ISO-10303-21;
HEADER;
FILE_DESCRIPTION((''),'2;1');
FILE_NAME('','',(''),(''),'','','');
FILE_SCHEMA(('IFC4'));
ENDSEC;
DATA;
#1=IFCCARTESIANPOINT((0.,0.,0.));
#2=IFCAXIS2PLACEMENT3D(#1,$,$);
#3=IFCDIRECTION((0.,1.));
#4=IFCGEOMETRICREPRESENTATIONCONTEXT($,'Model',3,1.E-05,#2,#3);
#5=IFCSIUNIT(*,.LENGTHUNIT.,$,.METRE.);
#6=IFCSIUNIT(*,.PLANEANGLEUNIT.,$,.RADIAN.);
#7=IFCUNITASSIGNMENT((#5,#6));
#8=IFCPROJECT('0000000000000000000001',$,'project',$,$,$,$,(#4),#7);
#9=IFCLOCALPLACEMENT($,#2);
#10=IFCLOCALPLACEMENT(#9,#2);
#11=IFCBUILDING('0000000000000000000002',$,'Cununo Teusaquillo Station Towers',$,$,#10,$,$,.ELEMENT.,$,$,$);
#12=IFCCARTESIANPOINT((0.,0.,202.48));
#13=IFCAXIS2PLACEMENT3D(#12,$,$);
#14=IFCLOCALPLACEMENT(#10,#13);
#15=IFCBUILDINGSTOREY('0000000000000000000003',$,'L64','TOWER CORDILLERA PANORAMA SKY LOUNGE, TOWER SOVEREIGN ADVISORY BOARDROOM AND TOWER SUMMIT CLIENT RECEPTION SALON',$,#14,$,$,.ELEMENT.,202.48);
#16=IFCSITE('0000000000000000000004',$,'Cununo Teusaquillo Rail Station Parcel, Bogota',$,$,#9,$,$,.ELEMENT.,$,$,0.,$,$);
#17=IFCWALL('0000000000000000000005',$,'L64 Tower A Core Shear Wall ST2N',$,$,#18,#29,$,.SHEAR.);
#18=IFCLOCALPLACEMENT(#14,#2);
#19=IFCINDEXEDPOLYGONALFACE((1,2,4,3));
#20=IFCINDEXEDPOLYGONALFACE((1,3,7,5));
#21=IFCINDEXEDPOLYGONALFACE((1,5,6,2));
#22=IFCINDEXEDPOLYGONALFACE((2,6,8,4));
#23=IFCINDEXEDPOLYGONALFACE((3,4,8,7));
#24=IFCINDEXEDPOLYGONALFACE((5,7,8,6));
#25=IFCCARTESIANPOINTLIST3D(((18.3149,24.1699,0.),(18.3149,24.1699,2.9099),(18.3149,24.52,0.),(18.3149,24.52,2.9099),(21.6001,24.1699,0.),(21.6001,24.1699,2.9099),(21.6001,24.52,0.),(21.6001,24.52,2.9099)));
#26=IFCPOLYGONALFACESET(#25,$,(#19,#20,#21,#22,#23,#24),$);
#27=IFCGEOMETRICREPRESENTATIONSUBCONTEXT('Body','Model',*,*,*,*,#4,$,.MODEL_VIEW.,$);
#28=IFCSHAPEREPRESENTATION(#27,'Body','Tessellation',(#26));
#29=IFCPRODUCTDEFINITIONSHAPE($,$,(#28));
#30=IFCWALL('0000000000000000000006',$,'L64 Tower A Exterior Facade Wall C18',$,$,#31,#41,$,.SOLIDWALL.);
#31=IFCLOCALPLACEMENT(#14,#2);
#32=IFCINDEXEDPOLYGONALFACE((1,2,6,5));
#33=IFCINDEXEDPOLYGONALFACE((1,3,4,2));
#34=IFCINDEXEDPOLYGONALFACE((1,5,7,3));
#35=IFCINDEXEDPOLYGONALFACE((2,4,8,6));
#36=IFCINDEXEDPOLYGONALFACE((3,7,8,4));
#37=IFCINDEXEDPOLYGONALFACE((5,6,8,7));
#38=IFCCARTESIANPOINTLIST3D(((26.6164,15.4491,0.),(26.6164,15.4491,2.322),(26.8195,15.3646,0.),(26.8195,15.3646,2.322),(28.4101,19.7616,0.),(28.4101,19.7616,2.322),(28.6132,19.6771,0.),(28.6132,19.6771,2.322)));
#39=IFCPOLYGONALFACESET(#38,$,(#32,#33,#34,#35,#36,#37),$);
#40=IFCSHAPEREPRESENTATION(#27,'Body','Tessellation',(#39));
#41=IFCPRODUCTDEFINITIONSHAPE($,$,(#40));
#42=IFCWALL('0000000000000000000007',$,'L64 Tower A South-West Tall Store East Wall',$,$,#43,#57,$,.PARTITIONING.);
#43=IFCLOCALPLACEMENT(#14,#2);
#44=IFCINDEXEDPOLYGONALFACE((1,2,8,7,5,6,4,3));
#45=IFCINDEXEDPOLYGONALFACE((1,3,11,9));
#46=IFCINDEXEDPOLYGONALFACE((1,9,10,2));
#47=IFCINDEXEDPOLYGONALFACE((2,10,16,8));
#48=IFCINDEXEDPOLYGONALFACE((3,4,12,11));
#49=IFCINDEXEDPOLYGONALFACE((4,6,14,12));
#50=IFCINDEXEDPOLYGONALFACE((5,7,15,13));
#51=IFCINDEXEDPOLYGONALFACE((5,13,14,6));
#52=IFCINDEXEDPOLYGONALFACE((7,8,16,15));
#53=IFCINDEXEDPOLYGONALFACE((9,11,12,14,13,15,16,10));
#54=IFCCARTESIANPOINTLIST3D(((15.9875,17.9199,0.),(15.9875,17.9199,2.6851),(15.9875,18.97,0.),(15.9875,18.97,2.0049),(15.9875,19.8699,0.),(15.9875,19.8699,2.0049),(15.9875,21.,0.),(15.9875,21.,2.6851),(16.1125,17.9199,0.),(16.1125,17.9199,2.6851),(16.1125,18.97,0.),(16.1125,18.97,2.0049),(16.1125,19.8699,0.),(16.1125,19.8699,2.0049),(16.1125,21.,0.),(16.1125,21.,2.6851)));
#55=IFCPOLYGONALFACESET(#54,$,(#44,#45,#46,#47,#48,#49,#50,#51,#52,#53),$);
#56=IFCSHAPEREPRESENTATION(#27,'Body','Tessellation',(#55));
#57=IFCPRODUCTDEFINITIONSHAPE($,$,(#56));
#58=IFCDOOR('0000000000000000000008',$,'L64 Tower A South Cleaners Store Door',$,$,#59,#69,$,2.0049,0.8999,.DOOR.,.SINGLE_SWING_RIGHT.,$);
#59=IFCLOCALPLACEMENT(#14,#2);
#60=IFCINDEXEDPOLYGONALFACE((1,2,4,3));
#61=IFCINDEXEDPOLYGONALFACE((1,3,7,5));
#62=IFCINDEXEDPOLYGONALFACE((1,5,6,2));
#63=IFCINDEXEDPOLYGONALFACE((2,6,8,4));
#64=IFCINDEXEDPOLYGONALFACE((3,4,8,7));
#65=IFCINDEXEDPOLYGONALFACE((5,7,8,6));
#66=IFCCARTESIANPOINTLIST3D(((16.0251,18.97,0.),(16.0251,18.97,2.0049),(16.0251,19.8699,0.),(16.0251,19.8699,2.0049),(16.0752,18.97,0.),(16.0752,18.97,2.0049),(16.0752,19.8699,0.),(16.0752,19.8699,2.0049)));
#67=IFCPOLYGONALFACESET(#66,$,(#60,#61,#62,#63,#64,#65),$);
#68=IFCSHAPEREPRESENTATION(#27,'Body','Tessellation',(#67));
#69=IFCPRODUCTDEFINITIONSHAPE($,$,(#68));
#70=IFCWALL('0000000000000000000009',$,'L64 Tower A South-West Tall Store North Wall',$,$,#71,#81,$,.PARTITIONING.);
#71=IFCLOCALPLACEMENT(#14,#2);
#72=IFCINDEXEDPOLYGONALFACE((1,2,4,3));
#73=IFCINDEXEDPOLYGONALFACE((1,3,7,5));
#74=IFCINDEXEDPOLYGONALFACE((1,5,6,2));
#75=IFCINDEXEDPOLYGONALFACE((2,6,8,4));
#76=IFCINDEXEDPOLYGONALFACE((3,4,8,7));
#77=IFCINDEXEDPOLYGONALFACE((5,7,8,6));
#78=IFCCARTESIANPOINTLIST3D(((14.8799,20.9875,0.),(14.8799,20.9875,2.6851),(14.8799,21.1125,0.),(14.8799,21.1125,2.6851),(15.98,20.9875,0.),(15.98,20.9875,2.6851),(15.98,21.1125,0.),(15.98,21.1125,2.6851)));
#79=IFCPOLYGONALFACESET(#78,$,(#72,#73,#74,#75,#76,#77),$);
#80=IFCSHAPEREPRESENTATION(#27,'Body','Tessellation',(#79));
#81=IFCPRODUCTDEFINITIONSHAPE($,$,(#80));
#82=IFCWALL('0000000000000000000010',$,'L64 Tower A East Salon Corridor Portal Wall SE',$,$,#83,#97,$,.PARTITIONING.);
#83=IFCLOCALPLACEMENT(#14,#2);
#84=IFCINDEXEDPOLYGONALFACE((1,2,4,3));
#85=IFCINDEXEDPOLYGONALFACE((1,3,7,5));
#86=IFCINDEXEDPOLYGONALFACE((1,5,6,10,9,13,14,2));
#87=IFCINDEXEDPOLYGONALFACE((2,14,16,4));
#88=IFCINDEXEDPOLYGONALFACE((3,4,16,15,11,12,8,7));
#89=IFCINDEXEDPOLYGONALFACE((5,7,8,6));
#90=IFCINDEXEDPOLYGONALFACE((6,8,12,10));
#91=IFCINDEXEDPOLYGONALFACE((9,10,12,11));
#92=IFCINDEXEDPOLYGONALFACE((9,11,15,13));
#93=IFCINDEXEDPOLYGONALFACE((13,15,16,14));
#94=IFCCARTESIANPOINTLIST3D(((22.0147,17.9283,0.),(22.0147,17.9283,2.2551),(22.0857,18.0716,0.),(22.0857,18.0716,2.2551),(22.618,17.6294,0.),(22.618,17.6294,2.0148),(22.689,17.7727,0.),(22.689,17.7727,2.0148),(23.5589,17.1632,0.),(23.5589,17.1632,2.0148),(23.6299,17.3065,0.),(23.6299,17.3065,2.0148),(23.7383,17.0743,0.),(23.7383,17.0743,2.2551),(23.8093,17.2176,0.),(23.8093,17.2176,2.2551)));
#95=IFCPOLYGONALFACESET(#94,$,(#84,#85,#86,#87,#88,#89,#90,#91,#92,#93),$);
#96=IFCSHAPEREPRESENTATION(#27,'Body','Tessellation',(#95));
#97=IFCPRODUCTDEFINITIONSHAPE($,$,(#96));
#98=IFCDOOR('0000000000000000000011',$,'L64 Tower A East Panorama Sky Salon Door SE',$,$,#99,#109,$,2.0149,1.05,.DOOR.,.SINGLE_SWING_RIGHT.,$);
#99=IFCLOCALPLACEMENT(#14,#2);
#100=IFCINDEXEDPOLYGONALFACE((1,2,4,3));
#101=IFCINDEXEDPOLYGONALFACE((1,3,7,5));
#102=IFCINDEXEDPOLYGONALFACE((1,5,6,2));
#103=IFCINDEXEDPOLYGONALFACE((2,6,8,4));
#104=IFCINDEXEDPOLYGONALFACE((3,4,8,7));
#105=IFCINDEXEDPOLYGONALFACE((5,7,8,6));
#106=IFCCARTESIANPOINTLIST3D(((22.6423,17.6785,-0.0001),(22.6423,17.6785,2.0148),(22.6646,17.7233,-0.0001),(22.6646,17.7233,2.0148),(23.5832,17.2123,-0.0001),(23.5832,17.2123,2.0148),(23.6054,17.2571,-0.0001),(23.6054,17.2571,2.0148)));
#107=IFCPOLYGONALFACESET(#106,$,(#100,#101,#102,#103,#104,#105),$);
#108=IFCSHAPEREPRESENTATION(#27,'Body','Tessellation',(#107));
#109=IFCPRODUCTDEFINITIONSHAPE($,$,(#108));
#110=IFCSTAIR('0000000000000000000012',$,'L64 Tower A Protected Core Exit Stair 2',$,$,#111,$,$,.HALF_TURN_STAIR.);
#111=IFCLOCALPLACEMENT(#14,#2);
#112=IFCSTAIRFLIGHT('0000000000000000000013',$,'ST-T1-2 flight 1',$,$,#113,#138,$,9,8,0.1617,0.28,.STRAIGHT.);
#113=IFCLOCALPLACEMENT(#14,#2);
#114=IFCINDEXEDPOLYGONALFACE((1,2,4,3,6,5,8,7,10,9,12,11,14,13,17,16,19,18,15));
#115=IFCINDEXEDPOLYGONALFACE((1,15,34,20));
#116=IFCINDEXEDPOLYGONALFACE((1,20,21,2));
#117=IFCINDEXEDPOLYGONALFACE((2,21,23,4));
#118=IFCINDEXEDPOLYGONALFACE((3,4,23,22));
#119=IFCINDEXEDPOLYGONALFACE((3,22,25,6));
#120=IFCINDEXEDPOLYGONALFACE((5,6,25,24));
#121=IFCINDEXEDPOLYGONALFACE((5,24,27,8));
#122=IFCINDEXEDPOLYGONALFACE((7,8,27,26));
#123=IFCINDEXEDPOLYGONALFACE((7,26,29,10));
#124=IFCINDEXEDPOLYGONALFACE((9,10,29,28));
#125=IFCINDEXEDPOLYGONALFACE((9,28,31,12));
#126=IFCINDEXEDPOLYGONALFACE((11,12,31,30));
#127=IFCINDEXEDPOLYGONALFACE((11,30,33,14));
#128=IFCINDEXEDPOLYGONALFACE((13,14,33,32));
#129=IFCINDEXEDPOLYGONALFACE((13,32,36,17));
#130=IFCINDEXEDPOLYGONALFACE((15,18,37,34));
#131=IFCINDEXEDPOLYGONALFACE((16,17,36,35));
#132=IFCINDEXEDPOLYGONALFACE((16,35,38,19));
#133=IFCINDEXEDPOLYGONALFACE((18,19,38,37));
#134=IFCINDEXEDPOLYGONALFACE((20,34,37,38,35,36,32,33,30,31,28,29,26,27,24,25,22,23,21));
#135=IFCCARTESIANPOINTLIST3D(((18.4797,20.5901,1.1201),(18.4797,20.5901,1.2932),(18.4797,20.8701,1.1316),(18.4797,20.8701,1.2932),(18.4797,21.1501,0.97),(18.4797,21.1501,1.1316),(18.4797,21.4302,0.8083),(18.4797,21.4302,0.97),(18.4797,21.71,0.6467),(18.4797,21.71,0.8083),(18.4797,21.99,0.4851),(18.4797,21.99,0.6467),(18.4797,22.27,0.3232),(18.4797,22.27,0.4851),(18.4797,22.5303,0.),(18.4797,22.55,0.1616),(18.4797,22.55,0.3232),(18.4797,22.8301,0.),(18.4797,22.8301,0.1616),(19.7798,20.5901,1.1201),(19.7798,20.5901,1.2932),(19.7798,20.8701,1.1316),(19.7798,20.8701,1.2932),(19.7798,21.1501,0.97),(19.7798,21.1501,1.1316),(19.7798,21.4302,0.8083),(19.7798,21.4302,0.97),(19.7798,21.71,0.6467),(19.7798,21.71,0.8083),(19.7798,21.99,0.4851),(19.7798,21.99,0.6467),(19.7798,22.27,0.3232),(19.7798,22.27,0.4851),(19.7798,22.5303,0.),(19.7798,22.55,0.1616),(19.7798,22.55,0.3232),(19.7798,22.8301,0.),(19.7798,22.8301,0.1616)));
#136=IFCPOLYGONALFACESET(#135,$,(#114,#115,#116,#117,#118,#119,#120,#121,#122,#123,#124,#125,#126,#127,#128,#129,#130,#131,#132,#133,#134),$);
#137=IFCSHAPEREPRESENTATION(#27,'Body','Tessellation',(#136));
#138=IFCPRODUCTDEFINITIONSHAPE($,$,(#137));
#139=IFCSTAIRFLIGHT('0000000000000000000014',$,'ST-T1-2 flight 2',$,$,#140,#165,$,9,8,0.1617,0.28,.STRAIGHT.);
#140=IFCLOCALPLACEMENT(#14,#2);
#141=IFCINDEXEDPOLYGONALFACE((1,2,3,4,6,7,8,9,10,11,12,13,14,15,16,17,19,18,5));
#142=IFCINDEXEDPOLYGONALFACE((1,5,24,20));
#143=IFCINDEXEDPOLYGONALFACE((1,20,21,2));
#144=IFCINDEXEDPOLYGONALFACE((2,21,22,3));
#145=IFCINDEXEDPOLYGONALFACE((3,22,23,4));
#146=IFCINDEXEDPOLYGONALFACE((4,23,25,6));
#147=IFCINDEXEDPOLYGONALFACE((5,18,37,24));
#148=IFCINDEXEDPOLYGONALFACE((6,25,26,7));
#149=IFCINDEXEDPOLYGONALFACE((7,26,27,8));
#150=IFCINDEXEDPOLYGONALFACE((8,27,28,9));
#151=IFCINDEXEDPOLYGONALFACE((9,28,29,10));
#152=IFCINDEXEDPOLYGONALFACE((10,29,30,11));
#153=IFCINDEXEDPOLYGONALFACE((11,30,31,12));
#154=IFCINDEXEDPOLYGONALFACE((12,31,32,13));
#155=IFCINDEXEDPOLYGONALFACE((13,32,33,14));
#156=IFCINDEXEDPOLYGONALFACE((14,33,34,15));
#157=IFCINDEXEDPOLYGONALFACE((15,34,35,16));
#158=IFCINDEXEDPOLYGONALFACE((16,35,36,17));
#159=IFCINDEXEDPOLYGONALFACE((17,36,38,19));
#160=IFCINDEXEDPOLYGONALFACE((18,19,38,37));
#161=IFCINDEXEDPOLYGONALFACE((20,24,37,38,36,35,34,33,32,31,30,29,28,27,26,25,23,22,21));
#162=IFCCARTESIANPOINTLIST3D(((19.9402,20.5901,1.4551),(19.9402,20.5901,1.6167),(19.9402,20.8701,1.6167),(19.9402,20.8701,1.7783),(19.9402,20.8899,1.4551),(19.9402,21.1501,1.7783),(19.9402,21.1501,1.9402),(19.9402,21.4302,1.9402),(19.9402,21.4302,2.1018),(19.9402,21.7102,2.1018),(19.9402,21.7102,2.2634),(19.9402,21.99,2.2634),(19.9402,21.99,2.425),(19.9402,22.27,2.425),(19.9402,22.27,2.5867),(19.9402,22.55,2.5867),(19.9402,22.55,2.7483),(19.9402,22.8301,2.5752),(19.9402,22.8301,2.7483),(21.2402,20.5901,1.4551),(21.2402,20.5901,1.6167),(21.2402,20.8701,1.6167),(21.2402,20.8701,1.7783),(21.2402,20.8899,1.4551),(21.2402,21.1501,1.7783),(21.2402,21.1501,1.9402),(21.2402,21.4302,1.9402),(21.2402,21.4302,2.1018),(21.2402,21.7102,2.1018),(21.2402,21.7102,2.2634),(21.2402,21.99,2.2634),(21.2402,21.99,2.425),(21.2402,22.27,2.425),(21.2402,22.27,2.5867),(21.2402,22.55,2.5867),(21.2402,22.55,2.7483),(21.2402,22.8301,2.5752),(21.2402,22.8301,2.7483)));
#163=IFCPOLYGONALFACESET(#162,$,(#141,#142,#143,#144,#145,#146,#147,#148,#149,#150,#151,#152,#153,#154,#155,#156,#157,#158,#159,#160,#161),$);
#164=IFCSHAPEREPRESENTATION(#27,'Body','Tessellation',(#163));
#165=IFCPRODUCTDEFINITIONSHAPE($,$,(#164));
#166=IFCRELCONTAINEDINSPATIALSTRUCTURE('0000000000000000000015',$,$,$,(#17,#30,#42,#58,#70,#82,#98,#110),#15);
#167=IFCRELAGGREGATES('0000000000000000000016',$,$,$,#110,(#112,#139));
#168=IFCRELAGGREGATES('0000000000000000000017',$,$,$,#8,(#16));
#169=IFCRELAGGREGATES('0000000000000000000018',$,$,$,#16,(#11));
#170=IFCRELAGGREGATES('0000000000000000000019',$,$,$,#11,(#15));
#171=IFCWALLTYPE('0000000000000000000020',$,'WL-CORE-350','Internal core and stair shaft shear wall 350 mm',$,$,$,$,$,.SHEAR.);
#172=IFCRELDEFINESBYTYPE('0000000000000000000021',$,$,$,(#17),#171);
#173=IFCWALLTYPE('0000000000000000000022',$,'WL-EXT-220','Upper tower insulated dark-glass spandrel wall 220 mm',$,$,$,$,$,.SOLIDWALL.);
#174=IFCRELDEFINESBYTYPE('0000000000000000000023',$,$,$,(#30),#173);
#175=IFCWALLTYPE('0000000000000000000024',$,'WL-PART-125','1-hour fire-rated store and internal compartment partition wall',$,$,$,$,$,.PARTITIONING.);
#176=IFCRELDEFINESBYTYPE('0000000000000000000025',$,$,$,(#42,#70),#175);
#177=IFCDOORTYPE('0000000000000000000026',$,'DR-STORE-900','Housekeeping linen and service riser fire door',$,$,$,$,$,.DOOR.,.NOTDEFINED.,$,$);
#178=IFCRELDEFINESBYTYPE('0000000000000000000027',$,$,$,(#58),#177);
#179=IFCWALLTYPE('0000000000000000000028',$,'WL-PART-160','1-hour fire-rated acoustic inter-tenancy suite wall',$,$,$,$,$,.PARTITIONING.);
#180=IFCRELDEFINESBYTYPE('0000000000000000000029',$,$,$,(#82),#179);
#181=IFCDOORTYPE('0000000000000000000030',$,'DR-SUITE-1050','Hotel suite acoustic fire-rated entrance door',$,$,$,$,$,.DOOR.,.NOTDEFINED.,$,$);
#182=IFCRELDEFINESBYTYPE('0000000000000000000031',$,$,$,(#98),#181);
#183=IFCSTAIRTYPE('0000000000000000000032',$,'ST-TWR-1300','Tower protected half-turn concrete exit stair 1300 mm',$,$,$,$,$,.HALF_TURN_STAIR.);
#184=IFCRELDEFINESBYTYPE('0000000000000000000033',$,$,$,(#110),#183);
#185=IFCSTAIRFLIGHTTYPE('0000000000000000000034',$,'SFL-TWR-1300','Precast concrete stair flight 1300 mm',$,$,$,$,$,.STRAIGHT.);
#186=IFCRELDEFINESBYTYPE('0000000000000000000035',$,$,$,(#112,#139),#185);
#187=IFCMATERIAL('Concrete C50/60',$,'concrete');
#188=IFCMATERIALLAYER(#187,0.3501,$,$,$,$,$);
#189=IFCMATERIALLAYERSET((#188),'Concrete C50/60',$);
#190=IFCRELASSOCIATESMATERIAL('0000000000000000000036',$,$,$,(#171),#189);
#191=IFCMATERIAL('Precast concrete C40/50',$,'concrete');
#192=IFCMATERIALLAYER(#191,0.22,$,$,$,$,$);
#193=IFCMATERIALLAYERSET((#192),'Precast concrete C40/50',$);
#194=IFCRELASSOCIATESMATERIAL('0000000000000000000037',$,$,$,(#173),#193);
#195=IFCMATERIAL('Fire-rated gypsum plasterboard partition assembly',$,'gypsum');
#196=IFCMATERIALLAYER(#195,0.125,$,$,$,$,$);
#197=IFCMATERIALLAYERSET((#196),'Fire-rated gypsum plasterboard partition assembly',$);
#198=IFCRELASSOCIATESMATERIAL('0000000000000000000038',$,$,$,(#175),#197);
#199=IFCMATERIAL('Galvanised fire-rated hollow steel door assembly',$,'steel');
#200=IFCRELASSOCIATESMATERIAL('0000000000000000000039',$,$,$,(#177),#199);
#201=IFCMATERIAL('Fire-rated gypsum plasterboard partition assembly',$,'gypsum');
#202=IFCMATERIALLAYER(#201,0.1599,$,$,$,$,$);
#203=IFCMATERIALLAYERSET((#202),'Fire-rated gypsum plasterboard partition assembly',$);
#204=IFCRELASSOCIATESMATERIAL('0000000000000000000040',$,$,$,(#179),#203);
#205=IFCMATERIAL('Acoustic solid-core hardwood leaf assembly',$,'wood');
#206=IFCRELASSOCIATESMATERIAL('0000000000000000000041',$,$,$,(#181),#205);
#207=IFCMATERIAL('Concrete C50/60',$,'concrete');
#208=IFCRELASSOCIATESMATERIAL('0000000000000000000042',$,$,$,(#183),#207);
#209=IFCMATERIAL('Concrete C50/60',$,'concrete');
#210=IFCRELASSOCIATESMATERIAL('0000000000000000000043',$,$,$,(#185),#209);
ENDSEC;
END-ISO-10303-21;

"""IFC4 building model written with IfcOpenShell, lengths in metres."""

from ifc_helpers import new_model, si_unit, direction, frame, frame_2d, origin, place, context, subcontext, project, spatial, polyline, rectangle, outline, extrude, source, transform, mapped, material, layer, layer_set, type_object, element, fill, aggregate, save


model = new_model("IFC4")

# Units and contexts
model_context = context("Model", 3, precision=1e-05, world=origin(), true_north=direction((0.0, 1.0)))
body_context = subcontext(model_context, "Body", "Model", "MODEL_VIEW")
ifc_project = project(units=[si_unit("LENGTHUNIT", "METRE"), si_unit("PLANEANGLEUNIT", "RADIAN")], contexts=[model_context])

# Site, building, storey
site_placement = place(None, origin())
site = spatial("IfcSite", under=ifc_project, at=site_placement, Name="Cununo Teusaquillo Rail Station Parcel, Bogota", CompositionType="ELEMENT", RefElevation=0.0)
building_placement = place(site_placement, origin())
building = spatial("IfcBuilding", under=site, at=building_placement, Name="Cununo Teusaquillo Station Towers", CompositionType="ELEMENT")
storey_placement = place(building_placement, frame((0.0, 0.0, 202.48)))
storey = spatial("IfcBuildingStorey", under=building, at=storey_placement, Name="L64", Description="TOWER CORDILLERA PANORAMA SKY LOUNGE, TOWER SOVEREIGN ADVISORY BOARDROOM AND TOWER SUMMIT CLIENT RECEPTION SALON", CompositionType="ELEMENT", Elevation=202.48)

# Shared definitions
ifc_material_1 = material(Name="Concrete C50/60", Category="concrete")
ifc_layer_1 = layer(ifc_material_1, 0.3501)
ifc_layer_set_1 = layer_set([ifc_layer_1], Name="Concrete C50/60")
wall_type_1 = type_object("IfcWallType", Name="WL-CORE-350", Description="Internal core and stair shaft shear wall 350 mm", PredefinedType="SHEAR", material=ifc_layer_set_1)

# Walls
wall_1_placement = place(storey_placement, frame((18.3149, 24.345, 0.0), z_axis=(0.0, 0.0, 1.0), x_axis=(1.0, 0.0, 0.0)))
element("IfcWall", 1, at=wall_1_placement, inside=storey, type_object=wall_type_1, Name="L64 Tower A Core Shear Wall ST2N", PredefinedType="SHEAR", context=body_context, shape_type="SweptSolid", body=[
    extrude(rectangle(XDim=3.2852, YDim=0.3501, at=frame_2d((1.6426, 0.0))), origin(), (0.0, 0.0, 1.0), 2.9099),
])
ifc_material_2 = material(Name="Precast concrete C40/50", Category="concrete")
ifc_layer_2 = layer(ifc_material_2, 0.22)
ifc_layer_set_2 = layer_set([ifc_layer_2], Name="Precast concrete C40/50")
wall_type_2 = type_object("IfcWallType", Name="WL-EXT-220", Description="Upper tower insulated dark-glass spandrel wall 220 mm", PredefinedType="SOLIDWALL", material=ifc_layer_set_2)
wall_2_placement = place(storey_placement, frame((28.5117, 19.7195, 0.0), z_axis=(0.0, 0.0, 1.0), x_axis=(-0.384036, -0.923318, 0.0)))
element("IfcWall", 2, at=wall_2_placement, inside=storey, type_object=wall_type_2, Name="L64 Tower A Exterior Facade Wall C18", PredefinedType="SOLIDWALL", context=body_context, shape_type="SweptSolid", body=[
    extrude(rectangle(XDim=4.6707, YDim=0.22, at=frame_2d((2.3354, 0.0))), origin(), (0.0, 0.0, 1.0), 2.322),
])

# Wall, opening, door
ifc_material_3 = material(Name="Fire-rated gypsum plasterboard partition assembly", Category="gypsum")
ifc_layer_3 = layer(ifc_material_3, 0.125)
ifc_layer_set_3 = layer_set([ifc_layer_3], Name="Fire-rated gypsum plasterboard partition assembly")
wall_type_3 = type_object("IfcWallType", Name="WL-PART-125", Description="1-hour fire-rated store and internal compartment partition wall", PredefinedType="PARTITIONING", material=ifc_layer_set_3)
wall_3_placement = place(storey_placement, frame((16.05, 17.9199, 0.0), z_axis=(0.0, 0.0, 1.0), x_axis=(0.0, 1.0, 0.0)))
wall_3 = element("IfcWall", 3, at=wall_3_placement, inside=storey, type_object=wall_type_3, Name="L64 Tower A South-West Tall Store East Wall", PredefinedType="PARTITIONING", context=body_context, shape_type="SweptSolid", body=[
    extrude(rectangle(XDim=3.0801, YDim=0.125, at=frame_2d((1.54, 0.0))), origin(), (0.0, 0.0, 1.0), 2.6851),
])
shared_shape_1 = source(origin(), body_context, "Body", "SweptSolid", [
    extrude(rectangle(XDim=0.8999, YDim=2.0049, at=frame_2d((0.45, 1.0024))), frame((0.0, 0.0725, 0.0), z_axis=(0.0, -1.0, 0.0), x_axis=(1.0, 0.0, 0.0)), (0.0, 0.0, 1.0), 0.145),
])
opening_1_placement = place(wall_3_placement, frame((1.05, 0.0, 0.0)))
opening_1 = element("IfcOpeningElement", 4, at=opening_1_placement, cuts=wall_3, PredefinedType="OPENING", context=body_context, shape_type="MappedRepresentation", body=[
    mapped(shared_shape_1, transform((0.0, 0.0, 0.0), x_axis=(1.0, 0.0, 0.0), y_axis=(0.0, 1.0, 0.0), z_axis=(0.0, 0.0, 1.0), scale=1.0)),
])
ifc_material_4 = material(Name="Galvanised fire-rated hollow steel door assembly", Category="steel")
door_type_1 = type_object("IfcDoorType", Name="DR-STORE-900", Description="Housekeeping linen and service riser fire door", OperationType="NOTDEFINED", PredefinedType="DOOR", material=ifc_material_4)
shared_shape_2 = source(origin(), body_context, "Body", "SweptSolid", [
    extrude(rectangle(XDim=0.8999, YDim=2.0049, at=frame_2d((0.45, 1.0024))), frame((0.0, 0.0249, 0.0), z_axis=(0.0, -1.0, 0.0), x_axis=(1.0, 0.0, 0.0)), (0.0, 0.0, 1.0), 0.05),
])
door_1_placement = place(opening_1_placement, origin())
door_1 = element("IfcDoor", 5, at=door_1_placement, inside=storey, type_object=door_type_1, Name="L64 Tower A South Cleaners Store Door", OperationType="SINGLE_SWING_RIGHT", OverallHeight=2.0049, OverallWidth=0.8999, PredefinedType="DOOR", context=body_context, shape_type="MappedRepresentation", body=[
    mapped(shared_shape_2, transform((0.0, 0.0, 0.0), x_axis=(1.0, 0.0, 0.0), y_axis=(0.0, 1.0, 0.0), z_axis=(0.0, 0.0, 1.0), scale=1.0)),
])
fill(opening_1, door_1)

# Wall
wall_4_placement = place(storey_placement, frame((14.8799, 21.05, 0.0), z_axis=(0.0, 0.0, 1.0), x_axis=(1.0, 0.0, 0.0)))
element("IfcWall", 6, at=wall_4_placement, inside=storey, type_object=wall_type_3, Name="L64 Tower A South-West Tall Store North Wall", PredefinedType="PARTITIONING", context=body_context, shape_type="SweptSolid", body=[
    extrude(rectangle(XDim=1.1001, YDim=0.125, at=frame_2d((0.55, 0.0))), origin(), (0.0, 0.0, 1.0), 2.6851),
])

# Wall, opening, door
ifc_material_5 = material(Name="Fire-rated gypsum plasterboard partition assembly", Category="gypsum")
ifc_layer_4 = layer(ifc_material_5, 0.1599)
ifc_layer_set_4 = layer_set([ifc_layer_4], Name="Fire-rated gypsum plasterboard partition assembly")
wall_type_4 = type_object("IfcWallType", Name="WL-PART-160", Description="1-hour fire-rated acoustic inter-tenancy suite wall", PredefinedType="PARTITIONING", material=ifc_layer_set_4)
wall_5_placement = place(storey_placement, frame((22.05, 18.0, 0.0), z_axis=(0.0, 0.0, 1.0), x_axis=(0.896046, -0.443962, 0.0)))
wall_5 = element("IfcWall", 7, at=wall_5_placement, inside=storey, type_object=wall_type_4, Name="L64 Tower A East Salon Corridor Portal Wall SE", PredefinedType="PARTITIONING", context=body_context, shape_type="SweptSolid", body=[
    extrude(rectangle(XDim=1.9236, YDim=0.1599, at=frame_2d((0.9619, 0.0))), origin(), (0.0, 0.0, 1.0), 2.2551),
])
shared_shape_3 = source(origin(), body_context, "Body", "SweptSolid", [
    extrude(rectangle(XDim=1.05, YDim=2.0149, at=frame_2d((0.5249, 1.0073))), frame((0.0, 0.0898, 0.0), z_axis=(0.0, -1.0, 0.0), x_axis=(1.0, 0.0, 0.0)), (0.0, 0.0, 1.0), 0.1799),
])
opening_2_placement = place(wall_5_placement, frame((0.6736, 0.0, 0.0)))
opening_2 = element("IfcOpeningElement", 8, at=opening_2_placement, cuts=wall_5, PredefinedType="OPENING", context=body_context, shape_type="MappedRepresentation", body=[
    mapped(shared_shape_3, transform((0.0, 0.0, 0.0), x_axis=(1.0, 0.0, 0.0), y_axis=(0.0, 1.0, 0.0), z_axis=(0.0, 0.0, 1.0), scale=1.0)),
])
ifc_material_6 = material(Name="Acoustic solid-core hardwood leaf assembly", Category="wood")
door_type_2 = type_object("IfcDoorType", Name="DR-SUITE-1050", Description="Hotel suite acoustic fire-rated entrance door", OperationType="NOTDEFINED", PredefinedType="DOOR", material=ifc_material_6)
shared_shape_4 = source(origin(), body_context, "Body", "SweptSolid", [
    extrude(rectangle(XDim=1.05, YDim=2.0149, at=frame_2d((0.5249, 1.0073))), frame((0.0, 0.0249, 0.0), z_axis=(0.0, -1.0, 0.0), x_axis=(1.0, 0.0, 0.0)), (0.0, 0.0, 1.0), 0.05),
])
door_2_placement = place(opening_2_placement, origin())
door_2 = element("IfcDoor", 9, at=door_2_placement, inside=storey, type_object=door_type_2, Name="L64 Tower A East Panorama Sky Salon Door SE", OperationType="SINGLE_SWING_RIGHT", OverallHeight=2.0149, OverallWidth=1.05, PredefinedType="DOOR", context=body_context, shape_type="MappedRepresentation", body=[
    mapped(shared_shape_4, transform((0.0, 0.0, 0.0), x_axis=(1.0, 0.0, 0.0), y_axis=(0.0, 1.0, 0.0), z_axis=(0.0, 0.0, 1.0), scale=1.0)),
])
fill(opening_2, door_2)

# Stair, stair flights
ifc_material_7 = material(Name="Concrete C50/60", Category="concrete")
stair_type = type_object("IfcStairType", Name="ST-TWR-1300", Description="Tower protected half-turn concrete exit stair 1300 mm", PredefinedType="HALF_TURN_STAIR", material=ifc_material_7)
stair_placement = place(storey_placement, origin())
stair = element("IfcStair", 10, at=stair_placement, inside=storey, type_object=stair_type, Name="L64 Tower A Protected Core Exit Stair 2", PredefinedType="HALF_TURN_STAIR")
ifc_material_8 = material(Name="Concrete C50/60", Category="concrete")
stair_flight_type = type_object("IfcStairFlightType", Name="SFL-TWR-1300", Description="Precast concrete stair flight 1300 mm", PredefinedType="STRAIGHT", material=ifc_material_8)
stair_flight_1_placement = place(storey_placement, frame((19.1299, 22.8301, 0.0), z_axis=(0.0, 0.0, 1.0), x_axis=(0.0, -1.0, 0.0)))
stair_flight_1 = element("IfcStairFlight", 11, at=stair_flight_1_placement, type_object=stair_flight_type, Name="ST-T1-2 flight 1", NumberOfRisers=9, NumberOfTreads=8, PredefinedType="STRAIGHT", RiserHeight=0.1617, TreadLength=0.28, context=body_context, shape_type="SweptSolid", body=[
    extrude(outline(polyline([(0.0, 0.0), (0.0, 0.1616), (0.28, 0.1616), (0.28, 0.3232), (0.5601, 0.3232), (0.5601, 0.4851), (0.8401, 0.4851), (0.8401, 0.6467), (1.1201, 0.6467), (1.1201, 0.8083), (1.3999, 0.8083), (1.3999, 0.97), (1.6799, 0.97), (1.6799, 1.1316), (1.96, 1.1316), (1.96, 1.2932), (2.24, 1.2932), (2.24, 1.4551), (2.24, 1.1201), (0.2998, 0.0), (0.0, 0.0)])), frame((0.0, 0.6499, 0.0), z_axis=(0.0, -1.0, 0.0), x_axis=(1.0, 0.0, 0.0)), (0.0, 0.0, 1.0), 1.3),
])
stair_flight_2_placement = place(storey_placement, frame((20.5901, 20.5901, 1.4551), z_axis=(0.0, 0.0, 1.0), x_axis=(0.0, 1.0, 0.0)))
stair_flight_2 = element("IfcStairFlight", 12, at=stair_flight_2_placement, type_object=stair_flight_type, Name="ST-T1-2 flight 2", NumberOfRisers=9, NumberOfTreads=8, PredefinedType="STRAIGHT", RiserHeight=0.1617, TreadLength=0.28, context=body_context, shape_type="SweptSolid", body=[
    extrude(outline(polyline([(0.0, 0.0), (0.0, 0.1616), (0.28, 0.1616), (0.28, 0.3232), (0.5601, 0.3232), (0.5601, 0.4851), (0.8401, 0.4851), (0.8401, 0.6467), (1.1201, 0.6467), (1.1201, 0.8083), (1.3999, 0.8083), (1.3999, 0.97), (1.6799, 0.97), (1.6799, 1.1316), (1.96, 1.1316), (1.96, 1.2932), (2.24, 1.2932), (2.24, 1.4551), (2.24, 1.1201), (0.2998, 0.0), (0.0, 0.0)])), frame((0.0, 0.6499, 0.0), z_axis=(0.0, -1.0, 0.0), x_axis=(1.0, 0.0, 0.0)), (0.0, 0.0, 1.0), 1.3),
])
aggregate(stair, [stair_flight_1, stair_flight_2])

save(model, "model.ifc")
